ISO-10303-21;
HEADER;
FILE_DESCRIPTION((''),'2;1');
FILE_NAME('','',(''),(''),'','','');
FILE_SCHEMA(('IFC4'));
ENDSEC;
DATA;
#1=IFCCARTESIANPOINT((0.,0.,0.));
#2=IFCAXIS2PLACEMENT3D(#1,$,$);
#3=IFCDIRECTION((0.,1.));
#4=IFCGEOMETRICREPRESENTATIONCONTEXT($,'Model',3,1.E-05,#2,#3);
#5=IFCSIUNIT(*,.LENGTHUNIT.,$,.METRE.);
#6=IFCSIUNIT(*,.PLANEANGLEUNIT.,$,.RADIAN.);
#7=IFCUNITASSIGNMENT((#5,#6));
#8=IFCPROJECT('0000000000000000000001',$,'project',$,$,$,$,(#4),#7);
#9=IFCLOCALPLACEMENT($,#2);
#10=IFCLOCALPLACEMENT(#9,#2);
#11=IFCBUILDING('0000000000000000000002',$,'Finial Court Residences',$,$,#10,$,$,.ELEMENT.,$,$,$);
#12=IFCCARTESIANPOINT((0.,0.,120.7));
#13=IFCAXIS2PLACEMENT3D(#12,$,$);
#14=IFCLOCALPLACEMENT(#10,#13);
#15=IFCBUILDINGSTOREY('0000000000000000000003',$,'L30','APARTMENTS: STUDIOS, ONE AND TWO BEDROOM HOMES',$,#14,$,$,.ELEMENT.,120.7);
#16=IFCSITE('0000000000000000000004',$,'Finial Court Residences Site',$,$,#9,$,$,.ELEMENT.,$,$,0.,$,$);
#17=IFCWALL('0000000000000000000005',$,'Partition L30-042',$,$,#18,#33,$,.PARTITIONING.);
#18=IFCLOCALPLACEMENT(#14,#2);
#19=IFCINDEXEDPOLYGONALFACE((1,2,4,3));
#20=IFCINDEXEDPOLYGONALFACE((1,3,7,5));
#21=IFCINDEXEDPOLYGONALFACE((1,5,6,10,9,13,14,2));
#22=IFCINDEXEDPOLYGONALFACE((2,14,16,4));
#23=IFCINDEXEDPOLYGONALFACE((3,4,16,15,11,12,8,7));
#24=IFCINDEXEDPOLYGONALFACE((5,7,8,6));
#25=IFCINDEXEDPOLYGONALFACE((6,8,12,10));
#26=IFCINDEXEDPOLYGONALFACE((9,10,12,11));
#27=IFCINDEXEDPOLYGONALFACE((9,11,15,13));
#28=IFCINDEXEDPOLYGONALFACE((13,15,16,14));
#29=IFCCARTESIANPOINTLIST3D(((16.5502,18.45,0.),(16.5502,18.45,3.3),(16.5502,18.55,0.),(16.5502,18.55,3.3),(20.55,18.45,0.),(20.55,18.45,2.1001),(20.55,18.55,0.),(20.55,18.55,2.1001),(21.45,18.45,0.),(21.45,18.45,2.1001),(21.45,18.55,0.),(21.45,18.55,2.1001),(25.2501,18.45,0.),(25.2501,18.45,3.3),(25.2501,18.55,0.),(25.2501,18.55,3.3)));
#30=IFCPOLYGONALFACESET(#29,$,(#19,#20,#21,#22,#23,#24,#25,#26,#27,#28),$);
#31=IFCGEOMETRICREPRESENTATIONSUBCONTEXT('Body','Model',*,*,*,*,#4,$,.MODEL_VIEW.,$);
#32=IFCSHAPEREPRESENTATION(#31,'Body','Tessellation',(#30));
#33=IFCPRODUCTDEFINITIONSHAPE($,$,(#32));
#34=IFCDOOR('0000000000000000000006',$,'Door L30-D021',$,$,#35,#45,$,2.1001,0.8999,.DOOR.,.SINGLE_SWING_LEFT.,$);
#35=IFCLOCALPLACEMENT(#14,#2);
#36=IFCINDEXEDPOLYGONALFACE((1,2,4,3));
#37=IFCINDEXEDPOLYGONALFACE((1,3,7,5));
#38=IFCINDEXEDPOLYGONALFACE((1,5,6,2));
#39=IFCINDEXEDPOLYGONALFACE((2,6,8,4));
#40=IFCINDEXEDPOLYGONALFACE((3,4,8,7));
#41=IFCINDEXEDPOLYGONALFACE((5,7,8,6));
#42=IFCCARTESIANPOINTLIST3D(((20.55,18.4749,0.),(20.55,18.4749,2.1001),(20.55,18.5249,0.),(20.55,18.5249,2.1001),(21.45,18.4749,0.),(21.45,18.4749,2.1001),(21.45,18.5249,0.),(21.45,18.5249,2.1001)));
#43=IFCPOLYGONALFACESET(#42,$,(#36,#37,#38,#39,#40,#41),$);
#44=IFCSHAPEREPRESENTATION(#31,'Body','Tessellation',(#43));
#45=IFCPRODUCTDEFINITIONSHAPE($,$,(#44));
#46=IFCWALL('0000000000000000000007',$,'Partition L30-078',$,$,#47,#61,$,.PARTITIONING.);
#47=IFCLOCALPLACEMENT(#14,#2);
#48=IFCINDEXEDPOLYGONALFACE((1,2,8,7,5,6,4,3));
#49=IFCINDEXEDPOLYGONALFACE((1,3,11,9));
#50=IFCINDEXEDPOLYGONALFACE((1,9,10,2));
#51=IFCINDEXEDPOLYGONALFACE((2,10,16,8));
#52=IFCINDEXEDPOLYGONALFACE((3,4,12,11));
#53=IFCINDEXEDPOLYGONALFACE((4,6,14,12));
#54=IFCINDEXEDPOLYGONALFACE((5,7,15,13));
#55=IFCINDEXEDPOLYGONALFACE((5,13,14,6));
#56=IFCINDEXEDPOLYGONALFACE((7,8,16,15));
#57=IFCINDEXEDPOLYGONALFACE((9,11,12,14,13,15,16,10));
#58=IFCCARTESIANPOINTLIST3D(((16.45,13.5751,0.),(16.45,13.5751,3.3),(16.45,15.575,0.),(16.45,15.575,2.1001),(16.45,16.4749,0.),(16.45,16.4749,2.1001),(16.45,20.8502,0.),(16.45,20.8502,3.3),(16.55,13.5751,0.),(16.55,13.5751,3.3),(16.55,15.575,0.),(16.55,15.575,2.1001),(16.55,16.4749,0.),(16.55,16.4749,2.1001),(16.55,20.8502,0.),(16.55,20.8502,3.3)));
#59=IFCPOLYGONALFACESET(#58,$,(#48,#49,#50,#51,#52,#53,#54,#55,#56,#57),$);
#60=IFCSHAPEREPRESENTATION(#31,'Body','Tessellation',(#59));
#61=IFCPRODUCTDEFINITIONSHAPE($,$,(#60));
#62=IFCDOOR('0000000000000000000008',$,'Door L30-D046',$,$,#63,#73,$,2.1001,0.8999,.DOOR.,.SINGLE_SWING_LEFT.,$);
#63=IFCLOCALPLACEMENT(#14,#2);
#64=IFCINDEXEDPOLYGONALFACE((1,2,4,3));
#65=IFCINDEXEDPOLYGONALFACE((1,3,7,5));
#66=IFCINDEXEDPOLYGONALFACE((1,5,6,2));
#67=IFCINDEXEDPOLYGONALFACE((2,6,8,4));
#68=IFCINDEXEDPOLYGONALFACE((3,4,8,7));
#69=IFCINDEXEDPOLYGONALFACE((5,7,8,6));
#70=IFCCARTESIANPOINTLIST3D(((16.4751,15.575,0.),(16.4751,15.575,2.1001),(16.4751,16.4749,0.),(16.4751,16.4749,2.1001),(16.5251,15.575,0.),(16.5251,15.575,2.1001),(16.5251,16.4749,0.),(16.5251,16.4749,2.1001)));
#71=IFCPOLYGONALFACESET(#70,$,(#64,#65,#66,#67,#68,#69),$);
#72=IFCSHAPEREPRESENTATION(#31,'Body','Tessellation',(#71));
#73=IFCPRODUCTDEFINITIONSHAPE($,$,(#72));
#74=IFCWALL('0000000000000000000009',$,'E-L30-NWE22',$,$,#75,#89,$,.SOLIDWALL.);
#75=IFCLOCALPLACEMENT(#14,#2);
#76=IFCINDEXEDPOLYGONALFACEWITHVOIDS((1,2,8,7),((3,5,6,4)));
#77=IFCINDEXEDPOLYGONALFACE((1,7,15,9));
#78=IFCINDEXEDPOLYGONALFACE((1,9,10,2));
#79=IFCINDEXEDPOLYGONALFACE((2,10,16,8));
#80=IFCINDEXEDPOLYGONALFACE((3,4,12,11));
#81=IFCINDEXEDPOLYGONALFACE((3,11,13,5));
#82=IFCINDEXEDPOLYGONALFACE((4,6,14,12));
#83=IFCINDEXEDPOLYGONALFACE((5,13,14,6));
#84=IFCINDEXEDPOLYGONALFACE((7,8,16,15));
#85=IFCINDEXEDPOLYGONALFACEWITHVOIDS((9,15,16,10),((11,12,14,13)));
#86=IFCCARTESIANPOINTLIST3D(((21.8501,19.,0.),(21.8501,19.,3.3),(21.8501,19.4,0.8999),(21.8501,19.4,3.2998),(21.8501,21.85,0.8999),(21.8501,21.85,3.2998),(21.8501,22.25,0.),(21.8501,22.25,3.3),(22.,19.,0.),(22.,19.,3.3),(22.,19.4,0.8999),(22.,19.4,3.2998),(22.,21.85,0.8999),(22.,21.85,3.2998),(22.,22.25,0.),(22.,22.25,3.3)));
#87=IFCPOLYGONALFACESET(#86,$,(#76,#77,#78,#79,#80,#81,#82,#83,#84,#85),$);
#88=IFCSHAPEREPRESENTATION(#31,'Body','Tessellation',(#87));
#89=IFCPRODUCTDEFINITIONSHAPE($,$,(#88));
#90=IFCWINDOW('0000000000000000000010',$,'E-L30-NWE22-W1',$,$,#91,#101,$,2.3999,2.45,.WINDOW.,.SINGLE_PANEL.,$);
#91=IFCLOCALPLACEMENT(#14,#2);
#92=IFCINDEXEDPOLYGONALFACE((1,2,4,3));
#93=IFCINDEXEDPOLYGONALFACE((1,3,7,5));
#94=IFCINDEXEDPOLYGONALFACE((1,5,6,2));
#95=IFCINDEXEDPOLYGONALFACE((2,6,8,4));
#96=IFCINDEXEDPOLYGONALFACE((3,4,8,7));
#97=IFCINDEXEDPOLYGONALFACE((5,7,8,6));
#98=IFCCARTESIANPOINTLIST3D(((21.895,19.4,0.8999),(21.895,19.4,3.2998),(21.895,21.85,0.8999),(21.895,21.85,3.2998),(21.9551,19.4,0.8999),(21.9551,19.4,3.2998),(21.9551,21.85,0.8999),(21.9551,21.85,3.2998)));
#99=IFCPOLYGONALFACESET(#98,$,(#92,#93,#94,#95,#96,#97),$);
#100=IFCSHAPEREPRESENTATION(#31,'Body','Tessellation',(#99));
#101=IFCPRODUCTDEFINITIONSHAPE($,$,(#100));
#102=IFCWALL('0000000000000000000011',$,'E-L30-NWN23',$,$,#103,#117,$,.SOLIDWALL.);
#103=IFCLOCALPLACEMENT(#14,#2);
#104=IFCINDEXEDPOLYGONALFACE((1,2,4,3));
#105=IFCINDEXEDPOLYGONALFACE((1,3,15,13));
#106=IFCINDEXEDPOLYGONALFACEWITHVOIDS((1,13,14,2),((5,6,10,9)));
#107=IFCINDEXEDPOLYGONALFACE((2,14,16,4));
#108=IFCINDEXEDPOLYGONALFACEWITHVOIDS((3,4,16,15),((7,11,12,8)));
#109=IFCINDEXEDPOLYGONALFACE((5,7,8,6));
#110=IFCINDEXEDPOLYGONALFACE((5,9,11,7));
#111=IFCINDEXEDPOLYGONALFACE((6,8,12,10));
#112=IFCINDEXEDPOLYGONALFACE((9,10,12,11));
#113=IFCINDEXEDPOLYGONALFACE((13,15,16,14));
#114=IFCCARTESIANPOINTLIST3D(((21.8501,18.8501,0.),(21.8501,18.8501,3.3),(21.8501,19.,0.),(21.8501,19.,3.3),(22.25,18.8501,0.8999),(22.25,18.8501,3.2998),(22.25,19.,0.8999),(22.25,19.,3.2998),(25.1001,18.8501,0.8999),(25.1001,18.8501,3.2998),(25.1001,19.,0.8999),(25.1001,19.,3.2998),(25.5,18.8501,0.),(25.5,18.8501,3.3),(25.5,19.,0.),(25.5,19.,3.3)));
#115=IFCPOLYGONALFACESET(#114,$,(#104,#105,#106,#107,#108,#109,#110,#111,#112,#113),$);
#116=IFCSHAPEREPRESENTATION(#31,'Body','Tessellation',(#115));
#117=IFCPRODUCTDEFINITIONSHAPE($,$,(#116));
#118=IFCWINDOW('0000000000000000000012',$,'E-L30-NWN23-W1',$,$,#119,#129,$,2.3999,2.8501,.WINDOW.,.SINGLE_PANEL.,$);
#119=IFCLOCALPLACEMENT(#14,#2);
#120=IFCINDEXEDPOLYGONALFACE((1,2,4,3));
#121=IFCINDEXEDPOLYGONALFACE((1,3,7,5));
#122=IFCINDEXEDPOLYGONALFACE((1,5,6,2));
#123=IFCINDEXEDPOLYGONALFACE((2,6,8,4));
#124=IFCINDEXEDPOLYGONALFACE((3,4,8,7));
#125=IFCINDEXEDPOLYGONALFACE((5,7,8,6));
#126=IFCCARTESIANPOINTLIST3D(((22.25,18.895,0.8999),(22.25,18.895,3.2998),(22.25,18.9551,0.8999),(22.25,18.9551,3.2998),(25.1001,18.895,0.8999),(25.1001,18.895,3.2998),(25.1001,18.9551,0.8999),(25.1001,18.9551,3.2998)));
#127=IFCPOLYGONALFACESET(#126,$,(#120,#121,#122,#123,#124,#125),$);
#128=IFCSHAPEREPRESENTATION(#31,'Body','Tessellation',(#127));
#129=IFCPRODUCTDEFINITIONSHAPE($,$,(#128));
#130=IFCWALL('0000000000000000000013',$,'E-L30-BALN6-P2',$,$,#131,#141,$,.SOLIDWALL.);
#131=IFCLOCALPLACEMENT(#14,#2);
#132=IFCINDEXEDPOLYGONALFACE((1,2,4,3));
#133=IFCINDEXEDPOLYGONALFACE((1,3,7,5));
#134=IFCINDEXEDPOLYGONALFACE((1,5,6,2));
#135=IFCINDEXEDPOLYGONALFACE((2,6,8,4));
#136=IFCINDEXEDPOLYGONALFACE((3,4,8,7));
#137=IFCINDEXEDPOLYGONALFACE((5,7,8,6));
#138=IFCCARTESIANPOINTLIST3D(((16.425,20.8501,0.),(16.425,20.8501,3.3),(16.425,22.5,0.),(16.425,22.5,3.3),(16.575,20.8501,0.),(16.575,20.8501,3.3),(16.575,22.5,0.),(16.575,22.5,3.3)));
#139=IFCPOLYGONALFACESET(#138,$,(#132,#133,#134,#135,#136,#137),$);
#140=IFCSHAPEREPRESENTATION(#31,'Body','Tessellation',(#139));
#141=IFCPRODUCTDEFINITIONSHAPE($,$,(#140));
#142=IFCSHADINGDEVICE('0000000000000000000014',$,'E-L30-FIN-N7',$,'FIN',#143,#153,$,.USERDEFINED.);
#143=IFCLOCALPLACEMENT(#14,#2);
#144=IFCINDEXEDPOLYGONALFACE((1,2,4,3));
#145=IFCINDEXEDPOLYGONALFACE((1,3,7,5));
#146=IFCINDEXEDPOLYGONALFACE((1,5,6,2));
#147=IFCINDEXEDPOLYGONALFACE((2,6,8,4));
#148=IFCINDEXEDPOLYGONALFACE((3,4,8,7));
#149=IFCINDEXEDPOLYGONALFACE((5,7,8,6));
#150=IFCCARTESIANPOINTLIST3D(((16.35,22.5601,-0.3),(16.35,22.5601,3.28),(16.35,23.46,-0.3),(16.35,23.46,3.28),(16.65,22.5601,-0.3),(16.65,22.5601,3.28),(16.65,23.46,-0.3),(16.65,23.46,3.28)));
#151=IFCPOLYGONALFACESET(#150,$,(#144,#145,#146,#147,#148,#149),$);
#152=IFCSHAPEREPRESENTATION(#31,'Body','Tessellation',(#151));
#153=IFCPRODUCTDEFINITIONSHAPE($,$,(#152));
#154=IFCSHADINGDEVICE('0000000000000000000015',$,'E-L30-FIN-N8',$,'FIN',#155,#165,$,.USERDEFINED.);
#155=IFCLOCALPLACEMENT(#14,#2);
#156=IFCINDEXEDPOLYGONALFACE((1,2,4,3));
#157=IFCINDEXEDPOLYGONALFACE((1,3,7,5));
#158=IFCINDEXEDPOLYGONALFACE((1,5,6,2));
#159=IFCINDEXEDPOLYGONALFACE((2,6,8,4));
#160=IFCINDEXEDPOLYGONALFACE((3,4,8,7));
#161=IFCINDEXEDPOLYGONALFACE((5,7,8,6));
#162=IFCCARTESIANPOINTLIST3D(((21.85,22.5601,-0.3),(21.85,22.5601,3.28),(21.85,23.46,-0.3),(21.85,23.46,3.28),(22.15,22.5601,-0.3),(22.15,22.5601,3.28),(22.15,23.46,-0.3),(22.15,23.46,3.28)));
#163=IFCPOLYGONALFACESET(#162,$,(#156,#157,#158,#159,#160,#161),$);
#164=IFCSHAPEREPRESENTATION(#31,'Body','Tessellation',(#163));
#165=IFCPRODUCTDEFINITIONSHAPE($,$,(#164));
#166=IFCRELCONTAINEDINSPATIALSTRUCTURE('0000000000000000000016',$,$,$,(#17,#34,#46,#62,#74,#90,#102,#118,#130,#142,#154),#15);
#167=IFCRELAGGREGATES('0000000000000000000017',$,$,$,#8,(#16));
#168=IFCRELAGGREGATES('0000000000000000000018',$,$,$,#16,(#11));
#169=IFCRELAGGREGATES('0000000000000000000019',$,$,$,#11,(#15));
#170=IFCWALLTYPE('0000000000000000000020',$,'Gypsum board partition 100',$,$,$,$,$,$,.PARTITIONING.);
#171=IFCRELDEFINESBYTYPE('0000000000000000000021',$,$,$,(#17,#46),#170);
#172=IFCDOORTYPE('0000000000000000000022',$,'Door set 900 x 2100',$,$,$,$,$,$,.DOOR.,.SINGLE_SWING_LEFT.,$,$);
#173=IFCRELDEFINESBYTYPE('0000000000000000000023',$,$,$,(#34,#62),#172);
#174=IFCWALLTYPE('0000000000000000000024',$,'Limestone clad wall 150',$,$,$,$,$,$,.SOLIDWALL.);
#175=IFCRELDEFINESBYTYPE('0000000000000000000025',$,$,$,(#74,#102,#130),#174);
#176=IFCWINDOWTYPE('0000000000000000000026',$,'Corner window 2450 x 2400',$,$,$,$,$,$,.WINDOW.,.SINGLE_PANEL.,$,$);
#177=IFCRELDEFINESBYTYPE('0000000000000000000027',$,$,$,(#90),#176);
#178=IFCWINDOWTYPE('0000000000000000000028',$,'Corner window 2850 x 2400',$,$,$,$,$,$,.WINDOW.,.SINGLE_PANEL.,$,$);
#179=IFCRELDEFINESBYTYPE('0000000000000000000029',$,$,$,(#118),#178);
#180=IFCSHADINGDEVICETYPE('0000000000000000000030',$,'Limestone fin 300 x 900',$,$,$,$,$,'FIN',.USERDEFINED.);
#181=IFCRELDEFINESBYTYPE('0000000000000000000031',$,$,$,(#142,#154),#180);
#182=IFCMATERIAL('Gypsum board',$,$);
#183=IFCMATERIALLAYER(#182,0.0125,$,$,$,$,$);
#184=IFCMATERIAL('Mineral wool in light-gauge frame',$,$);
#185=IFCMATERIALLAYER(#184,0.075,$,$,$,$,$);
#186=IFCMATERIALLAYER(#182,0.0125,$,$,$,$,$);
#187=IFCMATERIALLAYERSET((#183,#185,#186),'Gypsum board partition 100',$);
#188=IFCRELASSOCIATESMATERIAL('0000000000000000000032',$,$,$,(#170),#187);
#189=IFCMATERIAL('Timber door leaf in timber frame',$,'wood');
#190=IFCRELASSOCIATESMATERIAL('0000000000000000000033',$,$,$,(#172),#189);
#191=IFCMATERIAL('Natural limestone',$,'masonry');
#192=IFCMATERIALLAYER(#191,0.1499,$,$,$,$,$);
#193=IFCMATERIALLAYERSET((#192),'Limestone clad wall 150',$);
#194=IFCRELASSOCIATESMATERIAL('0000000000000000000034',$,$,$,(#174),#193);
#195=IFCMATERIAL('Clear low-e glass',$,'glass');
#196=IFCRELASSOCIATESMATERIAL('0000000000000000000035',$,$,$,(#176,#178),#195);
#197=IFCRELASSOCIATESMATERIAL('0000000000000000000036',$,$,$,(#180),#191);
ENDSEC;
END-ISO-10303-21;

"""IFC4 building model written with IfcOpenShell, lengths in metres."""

from ifc_helpers import new_model, si_unit, direction, frame, frame_2d, origin, origin_2d, place, context, subcontext, project, spatial, rectangle, extrude, material, layer, layer_set, type_object, element, fill, save


model = new_model("IFC4")

# Units and contexts
model_context = context("Model", 3, precision=1e-05, world=origin(), true_north=direction((0.0, 1.0)))
body_context = subcontext(model_context, "Body", "Model", "MODEL_VIEW")
ifc_project = project(units=[si_unit("LENGTHUNIT", "METRE"), si_unit("PLANEANGLEUNIT", "RADIAN")], contexts=[model_context])

# Site, building, storey
site_placement = place(None, origin())
site = spatial("IfcSite", under=ifc_project, at=site_placement, Name="Finial Court Residences Site", CompositionType="ELEMENT", RefElevation=0.0)
building_placement = place(site_placement, origin())
building = spatial("IfcBuilding", under=site, at=building_placement, Name="Finial Court Residences", CompositionType="ELEMENT")
storey_placement = place(building_placement, frame((0.0, 0.0, 120.7)))
storey = spatial("IfcBuildingStorey", under=building, at=storey_placement, Name="L30", Description="APARTMENTS: STUDIOS, ONE AND TWO BEDROOM HOMES", CompositionType="ELEMENT", Elevation=120.7)

# Shared definitions
ifc_material_1 = material(Name="Clear low-e glass", Category="glass")

# Walls, openings, doors
ifc_material_2 = material(Name="Gypsum board")
ifc_layer_1 = layer(ifc_material_2, 0.0125)
ifc_material_3 = material(Name="Mineral wool in light-gauge frame")
ifc_layer_2 = layer(ifc_material_3, 0.075)
ifc_layer_3 = layer(ifc_material_2, 0.0125)
ifc_layer_set_1 = layer_set([ifc_layer_1, ifc_layer_2, ifc_layer_3], Name="Gypsum board partition 100")
wall_type_1 = type_object("IfcWallType", Name="Gypsum board partition 100", PredefinedType="PARTITIONING", material=ifc_layer_set_1)
wall_1_placement = place(storey_placement, frame((16.55, 18.5, 0.0), z_axis=(0.0, 0.0, 1.0), x_axis=(1.0, 0.0, 0.0)))
wall_1 = element("IfcWall", 1, at=wall_1_placement, inside=storey, type_object=wall_type_1, Name="Partition L30-042", PredefinedType="PARTITIONING", context=body_context, shape_type="SweptSolid", body=[
    extrude(rectangle(XDim=8.7, YDim=0.1001, at=frame_2d((4.3501, 0.0))), origin(), (0.0, 0.0, 1.0), 3.3),
])
opening_1_placement = place(wall_1_placement, frame((4.0, 0.0, 0.0)))
opening_1 = element("IfcOpeningElement", 2, at=opening_1_placement, cuts=wall_1, PredefinedType="OPENING", context=body_context, shape_type="SweptSolid", body=[
    extrude(rectangle(XDim=0.8999, YDim=2.1001, at=frame_2d((0.45, 1.05))), frame((0.0, 0.0601, 0.0), z_axis=(0.0, -1.0, 0.0), x_axis=(1.0, 0.0, 0.0)), (0.0, 0.0, 1.0), 0.1201),
])
ifc_material_4 = material(Name="Timber door leaf in timber frame", Category="wood")
door_type = type_object("IfcDoorType", Name="Door set 900 x 2100", OperationType="SINGLE_SWING_LEFT", PredefinedType="DOOR", material=ifc_material_4)
door_1_placement = place(opening_1_placement, origin())
door_1 = element("IfcDoor", 3, at=door_1_placement, inside=storey, type_object=door_type, Name="Door L30-D021", OperationType="SINGLE_SWING_LEFT", OverallHeight=2.1001, OverallWidth=0.8999, PredefinedType="DOOR", context=body_context, shape_type="SweptSolid", body=[
    extrude(rectangle(XDim=0.8999, YDim=2.1001, at=frame_2d((0.45, 1.05))), frame((0.0, 0.0249, 0.0), z_axis=(0.0, -1.0, 0.0), x_axis=(1.0, 0.0, 0.0)), (0.0, 0.0, 1.0), 0.05),
])
fill(opening_1, door_1)
wall_2_placement = place(storey_placement, frame((16.5, 13.575, 0.0), z_axis=(0.0, 0.0, 1.0), x_axis=(0.0, 1.0, 0.0)))
wall_2 = element("IfcWall", 4, at=wall_2_placement, inside=storey, type_object=wall_type_1, Name="Partition L30-078", PredefinedType="PARTITIONING", context=body_context, shape_type="SweptSolid", body=[
    extrude(rectangle(XDim=7.2751, YDim=0.1001, at=frame_2d((3.6377, 0.0))), origin(), (0.0, 0.0, 1.0), 3.3),
])
opening_2_placement = place(wall_2_placement, frame((2.0, 0.0, 0.0)))
opening_2 = element("IfcOpeningElement", 5, at=opening_2_placement, cuts=wall_2, PredefinedType="OPENING", context=body_context, shape_type="SweptSolid", body=[
    extrude(rectangle(XDim=0.8999, YDim=2.1001, at=frame_2d((0.45, 1.05))), frame((0.0, 0.0601, 0.0), z_axis=(0.0, -1.0, 0.0), x_axis=(1.0, 0.0, 0.0)), (0.0, 0.0, 1.0), 0.1201),
])
door_2_placement = place(opening_2_placement, origin())
door_2 = element("IfcDoor", 6, at=door_2_placement, inside=storey, type_object=door_type, Name="Door L30-D046", OperationType="SINGLE_SWING_LEFT", OverallHeight=2.1001, OverallWidth=0.8999, PredefinedType="DOOR", context=body_context, shape_type="SweptSolid", body=[
    extrude(rectangle(XDim=0.8999, YDim=2.1001, at=frame_2d((0.45, 1.05))), frame((0.0, 0.0249, 0.0), z_axis=(0.0, -1.0, 0.0), x_axis=(1.0, 0.0, 0.0)), (0.0, 0.0, 1.0), 0.05),
])
fill(opening_2, door_2)

# Walls, openings, windows
ifc_material_5 = material(Name="Natural limestone", Category="masonry")
ifc_layer_4 = layer(ifc_material_5, 0.1499)
ifc_layer_set_2 = layer_set([ifc_layer_4], Name="Limestone clad wall 150")
wall_type_2 = type_object("IfcWallType", Name="Limestone clad wall 150", PredefinedType="SOLIDWALL", material=ifc_layer_set_2)
wall_3_placement = place(storey_placement, frame((21.925, 22.25, 0.0), z_axis=(0.0, 0.0, 1.0), x_axis=(0.0, -1.0, 0.0)))
wall_3 = element("IfcWall", 7, at=wall_3_placement, inside=storey, type_object=wall_type_2, Name="E-L30-NWE22", PredefinedType="SOLIDWALL", context=body_context, shape_type="SweptSolid", body=[
    extrude(rectangle(XDim=3.25, YDim=0.1499, at=frame_2d((1.625, 0.0))), origin(), (0.0, 0.0, 1.0), 3.3),
])
opening_3_placement = place(wall_3_placement, frame((0.3999, 0.0, 0.8999)))
opening_3 = element("IfcOpeningElement", 8, at=opening_3_placement, cuts=wall_3, PredefinedType="OPENING", context=body_context, shape_type="SweptSolid", body=[
    extrude(rectangle(XDim=2.45, YDim=2.3999, at=frame_2d((1.2251, 1.2))), frame((0.0, 0.085, 0.0), z_axis=(0.0, -1.0, 0.0), x_axis=(1.0, 0.0, 0.0)), (0.0, 0.0, 1.0), 0.1699),
])
window_type_1 = type_object("IfcWindowType", Name="Corner window 2450 x 2400", PartitioningType="SINGLE_PANEL", PredefinedType="WINDOW", material=ifc_material_1)
window_1_placement = place(opening_3_placement, origin())
window_1 = element("IfcWindow", 9, at=window_1_placement, inside=storey, type_object=window_type_1, Name="E-L30-NWE22-W1", OverallHeight=2.3999, OverallWidth=2.45, PartitioningType="SINGLE_PANEL", PredefinedType="WINDOW", context=body_context, shape_type="SweptSolid", body=[
    extrude(rectangle(XDim=2.45, YDim=2.3999, at=frame_2d((1.2251, 1.2))), frame((0.0, 0.03, 0.0), z_axis=(0.0, -1.0, 0.0), x_axis=(1.0, 0.0, 0.0)), (0.0, 0.0, 1.0), 0.0601),
])
fill(opening_3, window_1)
wall_4_placement = place(storey_placement, frame((21.8501, 18.925, 0.0), z_axis=(0.0, 0.0, 1.0), x_axis=(1.0, 0.0, 0.0)))
wall_4 = element("IfcWall", 10, at=wall_4_placement, inside=storey, type_object=wall_type_2, Name="E-L30-NWN23", PredefinedType="SOLIDWALL", context=body_context, shape_type="SweptSolid", body=[
    extrude(rectangle(XDim=3.6499, YDim=0.1499, at=frame_2d((1.825, 0.0))), origin(), (0.0, 0.0, 1.0), 3.3),
])
opening_4_placement = place(wall_4_placement, frame((0.3999, 0.0, 0.8999)))
opening_4 = element("IfcOpeningElement", 11, at=opening_4_placement, cuts=wall_4, PredefinedType="OPENING", context=body_context, shape_type="SweptSolid", body=[
    extrude(rectangle(XDim=2.8501, YDim=2.3999, at=frame_2d((1.425, 1.2))), frame((0.0, 0.085, 0.0), z_axis=(0.0, -1.0, 0.0), x_axis=(1.0, 0.0, 0.0)), (0.0, 0.0, 1.0), 0.1699),
])
window_type_2 = type_object("IfcWindowType", Name="Corner window 2850 x 2400", PartitioningType="SINGLE_PANEL", PredefinedType="WINDOW", material=ifc_material_1)
window_2_placement = place(opening_4_placement, origin())
window_2 = element("IfcWindow", 12, at=window_2_placement, inside=storey, type_object=window_type_2, Name="E-L30-NWN23-W1", OverallHeight=2.3999, OverallWidth=2.8501, PartitioningType="SINGLE_PANEL", PredefinedType="WINDOW", context=body_context, shape_type="SweptSolid", body=[
    extrude(rectangle(XDim=2.8501, YDim=2.3999, at=frame_2d((1.425, 1.2))), frame((0.0, 0.03, 0.0), z_axis=(0.0, -1.0, 0.0), x_axis=(1.0, 0.0, 0.0)), (0.0, 0.0, 1.0), 0.0601),
])
fill(opening_4, window_2)

# Wall
wall_5_placement = place(storey_placement, frame((16.5, 20.8501, 0.0), z_axis=(0.0, 0.0, 1.0), x_axis=(0.0, 1.0, 0.0)))
element("IfcWall", 13, at=wall_5_placement, inside=storey, type_object=wall_type_2, Name="E-L30-BALN6-P2", PredefinedType="SOLIDWALL", context=body_context, shape_type="SweptSolid", body=[
    extrude(rectangle(XDim=1.6499, YDim=0.1499, at=frame_2d((0.825, 0.0))), origin(), (0.0, 0.0, 1.0), 3.3),
])

# Shading devices
shading_device_type = type_object("IfcShadingDeviceType", Name="Limestone fin 300 x 900", ElementType="FIN", PredefinedType="USERDEFINED", material=ifc_material_5)
for number, where, z_axis, x_axis, name in (
    (14, (16.5, 23.01, -0.3), (0.0, 0.0, 1.0), (1.0, 0.0, 0.0), "E-L30-FIN-N7"),
    (15, (22.0, 23.01, -0.3), (0.0, 0.0, 1.0), (1.0, 0.0, 0.0), "E-L30-FIN-N8"),
):
    element("IfcShadingDevice", number, at=place(storey_placement, frame(where, z_axis=z_axis, x_axis=x_axis)), inside=storey, type_object=shading_device_type, Name=name, ObjectType="FIN", PredefinedType="USERDEFINED", context=body_context, shape_type="SweptSolid", body=[
        extrude(rectangle(XDim=0.3, YDim=0.8999, at=origin_2d()), origin(), (0.0, 0.0, 1.0), 3.5801),
    ])

save(model, "model.ifc")
